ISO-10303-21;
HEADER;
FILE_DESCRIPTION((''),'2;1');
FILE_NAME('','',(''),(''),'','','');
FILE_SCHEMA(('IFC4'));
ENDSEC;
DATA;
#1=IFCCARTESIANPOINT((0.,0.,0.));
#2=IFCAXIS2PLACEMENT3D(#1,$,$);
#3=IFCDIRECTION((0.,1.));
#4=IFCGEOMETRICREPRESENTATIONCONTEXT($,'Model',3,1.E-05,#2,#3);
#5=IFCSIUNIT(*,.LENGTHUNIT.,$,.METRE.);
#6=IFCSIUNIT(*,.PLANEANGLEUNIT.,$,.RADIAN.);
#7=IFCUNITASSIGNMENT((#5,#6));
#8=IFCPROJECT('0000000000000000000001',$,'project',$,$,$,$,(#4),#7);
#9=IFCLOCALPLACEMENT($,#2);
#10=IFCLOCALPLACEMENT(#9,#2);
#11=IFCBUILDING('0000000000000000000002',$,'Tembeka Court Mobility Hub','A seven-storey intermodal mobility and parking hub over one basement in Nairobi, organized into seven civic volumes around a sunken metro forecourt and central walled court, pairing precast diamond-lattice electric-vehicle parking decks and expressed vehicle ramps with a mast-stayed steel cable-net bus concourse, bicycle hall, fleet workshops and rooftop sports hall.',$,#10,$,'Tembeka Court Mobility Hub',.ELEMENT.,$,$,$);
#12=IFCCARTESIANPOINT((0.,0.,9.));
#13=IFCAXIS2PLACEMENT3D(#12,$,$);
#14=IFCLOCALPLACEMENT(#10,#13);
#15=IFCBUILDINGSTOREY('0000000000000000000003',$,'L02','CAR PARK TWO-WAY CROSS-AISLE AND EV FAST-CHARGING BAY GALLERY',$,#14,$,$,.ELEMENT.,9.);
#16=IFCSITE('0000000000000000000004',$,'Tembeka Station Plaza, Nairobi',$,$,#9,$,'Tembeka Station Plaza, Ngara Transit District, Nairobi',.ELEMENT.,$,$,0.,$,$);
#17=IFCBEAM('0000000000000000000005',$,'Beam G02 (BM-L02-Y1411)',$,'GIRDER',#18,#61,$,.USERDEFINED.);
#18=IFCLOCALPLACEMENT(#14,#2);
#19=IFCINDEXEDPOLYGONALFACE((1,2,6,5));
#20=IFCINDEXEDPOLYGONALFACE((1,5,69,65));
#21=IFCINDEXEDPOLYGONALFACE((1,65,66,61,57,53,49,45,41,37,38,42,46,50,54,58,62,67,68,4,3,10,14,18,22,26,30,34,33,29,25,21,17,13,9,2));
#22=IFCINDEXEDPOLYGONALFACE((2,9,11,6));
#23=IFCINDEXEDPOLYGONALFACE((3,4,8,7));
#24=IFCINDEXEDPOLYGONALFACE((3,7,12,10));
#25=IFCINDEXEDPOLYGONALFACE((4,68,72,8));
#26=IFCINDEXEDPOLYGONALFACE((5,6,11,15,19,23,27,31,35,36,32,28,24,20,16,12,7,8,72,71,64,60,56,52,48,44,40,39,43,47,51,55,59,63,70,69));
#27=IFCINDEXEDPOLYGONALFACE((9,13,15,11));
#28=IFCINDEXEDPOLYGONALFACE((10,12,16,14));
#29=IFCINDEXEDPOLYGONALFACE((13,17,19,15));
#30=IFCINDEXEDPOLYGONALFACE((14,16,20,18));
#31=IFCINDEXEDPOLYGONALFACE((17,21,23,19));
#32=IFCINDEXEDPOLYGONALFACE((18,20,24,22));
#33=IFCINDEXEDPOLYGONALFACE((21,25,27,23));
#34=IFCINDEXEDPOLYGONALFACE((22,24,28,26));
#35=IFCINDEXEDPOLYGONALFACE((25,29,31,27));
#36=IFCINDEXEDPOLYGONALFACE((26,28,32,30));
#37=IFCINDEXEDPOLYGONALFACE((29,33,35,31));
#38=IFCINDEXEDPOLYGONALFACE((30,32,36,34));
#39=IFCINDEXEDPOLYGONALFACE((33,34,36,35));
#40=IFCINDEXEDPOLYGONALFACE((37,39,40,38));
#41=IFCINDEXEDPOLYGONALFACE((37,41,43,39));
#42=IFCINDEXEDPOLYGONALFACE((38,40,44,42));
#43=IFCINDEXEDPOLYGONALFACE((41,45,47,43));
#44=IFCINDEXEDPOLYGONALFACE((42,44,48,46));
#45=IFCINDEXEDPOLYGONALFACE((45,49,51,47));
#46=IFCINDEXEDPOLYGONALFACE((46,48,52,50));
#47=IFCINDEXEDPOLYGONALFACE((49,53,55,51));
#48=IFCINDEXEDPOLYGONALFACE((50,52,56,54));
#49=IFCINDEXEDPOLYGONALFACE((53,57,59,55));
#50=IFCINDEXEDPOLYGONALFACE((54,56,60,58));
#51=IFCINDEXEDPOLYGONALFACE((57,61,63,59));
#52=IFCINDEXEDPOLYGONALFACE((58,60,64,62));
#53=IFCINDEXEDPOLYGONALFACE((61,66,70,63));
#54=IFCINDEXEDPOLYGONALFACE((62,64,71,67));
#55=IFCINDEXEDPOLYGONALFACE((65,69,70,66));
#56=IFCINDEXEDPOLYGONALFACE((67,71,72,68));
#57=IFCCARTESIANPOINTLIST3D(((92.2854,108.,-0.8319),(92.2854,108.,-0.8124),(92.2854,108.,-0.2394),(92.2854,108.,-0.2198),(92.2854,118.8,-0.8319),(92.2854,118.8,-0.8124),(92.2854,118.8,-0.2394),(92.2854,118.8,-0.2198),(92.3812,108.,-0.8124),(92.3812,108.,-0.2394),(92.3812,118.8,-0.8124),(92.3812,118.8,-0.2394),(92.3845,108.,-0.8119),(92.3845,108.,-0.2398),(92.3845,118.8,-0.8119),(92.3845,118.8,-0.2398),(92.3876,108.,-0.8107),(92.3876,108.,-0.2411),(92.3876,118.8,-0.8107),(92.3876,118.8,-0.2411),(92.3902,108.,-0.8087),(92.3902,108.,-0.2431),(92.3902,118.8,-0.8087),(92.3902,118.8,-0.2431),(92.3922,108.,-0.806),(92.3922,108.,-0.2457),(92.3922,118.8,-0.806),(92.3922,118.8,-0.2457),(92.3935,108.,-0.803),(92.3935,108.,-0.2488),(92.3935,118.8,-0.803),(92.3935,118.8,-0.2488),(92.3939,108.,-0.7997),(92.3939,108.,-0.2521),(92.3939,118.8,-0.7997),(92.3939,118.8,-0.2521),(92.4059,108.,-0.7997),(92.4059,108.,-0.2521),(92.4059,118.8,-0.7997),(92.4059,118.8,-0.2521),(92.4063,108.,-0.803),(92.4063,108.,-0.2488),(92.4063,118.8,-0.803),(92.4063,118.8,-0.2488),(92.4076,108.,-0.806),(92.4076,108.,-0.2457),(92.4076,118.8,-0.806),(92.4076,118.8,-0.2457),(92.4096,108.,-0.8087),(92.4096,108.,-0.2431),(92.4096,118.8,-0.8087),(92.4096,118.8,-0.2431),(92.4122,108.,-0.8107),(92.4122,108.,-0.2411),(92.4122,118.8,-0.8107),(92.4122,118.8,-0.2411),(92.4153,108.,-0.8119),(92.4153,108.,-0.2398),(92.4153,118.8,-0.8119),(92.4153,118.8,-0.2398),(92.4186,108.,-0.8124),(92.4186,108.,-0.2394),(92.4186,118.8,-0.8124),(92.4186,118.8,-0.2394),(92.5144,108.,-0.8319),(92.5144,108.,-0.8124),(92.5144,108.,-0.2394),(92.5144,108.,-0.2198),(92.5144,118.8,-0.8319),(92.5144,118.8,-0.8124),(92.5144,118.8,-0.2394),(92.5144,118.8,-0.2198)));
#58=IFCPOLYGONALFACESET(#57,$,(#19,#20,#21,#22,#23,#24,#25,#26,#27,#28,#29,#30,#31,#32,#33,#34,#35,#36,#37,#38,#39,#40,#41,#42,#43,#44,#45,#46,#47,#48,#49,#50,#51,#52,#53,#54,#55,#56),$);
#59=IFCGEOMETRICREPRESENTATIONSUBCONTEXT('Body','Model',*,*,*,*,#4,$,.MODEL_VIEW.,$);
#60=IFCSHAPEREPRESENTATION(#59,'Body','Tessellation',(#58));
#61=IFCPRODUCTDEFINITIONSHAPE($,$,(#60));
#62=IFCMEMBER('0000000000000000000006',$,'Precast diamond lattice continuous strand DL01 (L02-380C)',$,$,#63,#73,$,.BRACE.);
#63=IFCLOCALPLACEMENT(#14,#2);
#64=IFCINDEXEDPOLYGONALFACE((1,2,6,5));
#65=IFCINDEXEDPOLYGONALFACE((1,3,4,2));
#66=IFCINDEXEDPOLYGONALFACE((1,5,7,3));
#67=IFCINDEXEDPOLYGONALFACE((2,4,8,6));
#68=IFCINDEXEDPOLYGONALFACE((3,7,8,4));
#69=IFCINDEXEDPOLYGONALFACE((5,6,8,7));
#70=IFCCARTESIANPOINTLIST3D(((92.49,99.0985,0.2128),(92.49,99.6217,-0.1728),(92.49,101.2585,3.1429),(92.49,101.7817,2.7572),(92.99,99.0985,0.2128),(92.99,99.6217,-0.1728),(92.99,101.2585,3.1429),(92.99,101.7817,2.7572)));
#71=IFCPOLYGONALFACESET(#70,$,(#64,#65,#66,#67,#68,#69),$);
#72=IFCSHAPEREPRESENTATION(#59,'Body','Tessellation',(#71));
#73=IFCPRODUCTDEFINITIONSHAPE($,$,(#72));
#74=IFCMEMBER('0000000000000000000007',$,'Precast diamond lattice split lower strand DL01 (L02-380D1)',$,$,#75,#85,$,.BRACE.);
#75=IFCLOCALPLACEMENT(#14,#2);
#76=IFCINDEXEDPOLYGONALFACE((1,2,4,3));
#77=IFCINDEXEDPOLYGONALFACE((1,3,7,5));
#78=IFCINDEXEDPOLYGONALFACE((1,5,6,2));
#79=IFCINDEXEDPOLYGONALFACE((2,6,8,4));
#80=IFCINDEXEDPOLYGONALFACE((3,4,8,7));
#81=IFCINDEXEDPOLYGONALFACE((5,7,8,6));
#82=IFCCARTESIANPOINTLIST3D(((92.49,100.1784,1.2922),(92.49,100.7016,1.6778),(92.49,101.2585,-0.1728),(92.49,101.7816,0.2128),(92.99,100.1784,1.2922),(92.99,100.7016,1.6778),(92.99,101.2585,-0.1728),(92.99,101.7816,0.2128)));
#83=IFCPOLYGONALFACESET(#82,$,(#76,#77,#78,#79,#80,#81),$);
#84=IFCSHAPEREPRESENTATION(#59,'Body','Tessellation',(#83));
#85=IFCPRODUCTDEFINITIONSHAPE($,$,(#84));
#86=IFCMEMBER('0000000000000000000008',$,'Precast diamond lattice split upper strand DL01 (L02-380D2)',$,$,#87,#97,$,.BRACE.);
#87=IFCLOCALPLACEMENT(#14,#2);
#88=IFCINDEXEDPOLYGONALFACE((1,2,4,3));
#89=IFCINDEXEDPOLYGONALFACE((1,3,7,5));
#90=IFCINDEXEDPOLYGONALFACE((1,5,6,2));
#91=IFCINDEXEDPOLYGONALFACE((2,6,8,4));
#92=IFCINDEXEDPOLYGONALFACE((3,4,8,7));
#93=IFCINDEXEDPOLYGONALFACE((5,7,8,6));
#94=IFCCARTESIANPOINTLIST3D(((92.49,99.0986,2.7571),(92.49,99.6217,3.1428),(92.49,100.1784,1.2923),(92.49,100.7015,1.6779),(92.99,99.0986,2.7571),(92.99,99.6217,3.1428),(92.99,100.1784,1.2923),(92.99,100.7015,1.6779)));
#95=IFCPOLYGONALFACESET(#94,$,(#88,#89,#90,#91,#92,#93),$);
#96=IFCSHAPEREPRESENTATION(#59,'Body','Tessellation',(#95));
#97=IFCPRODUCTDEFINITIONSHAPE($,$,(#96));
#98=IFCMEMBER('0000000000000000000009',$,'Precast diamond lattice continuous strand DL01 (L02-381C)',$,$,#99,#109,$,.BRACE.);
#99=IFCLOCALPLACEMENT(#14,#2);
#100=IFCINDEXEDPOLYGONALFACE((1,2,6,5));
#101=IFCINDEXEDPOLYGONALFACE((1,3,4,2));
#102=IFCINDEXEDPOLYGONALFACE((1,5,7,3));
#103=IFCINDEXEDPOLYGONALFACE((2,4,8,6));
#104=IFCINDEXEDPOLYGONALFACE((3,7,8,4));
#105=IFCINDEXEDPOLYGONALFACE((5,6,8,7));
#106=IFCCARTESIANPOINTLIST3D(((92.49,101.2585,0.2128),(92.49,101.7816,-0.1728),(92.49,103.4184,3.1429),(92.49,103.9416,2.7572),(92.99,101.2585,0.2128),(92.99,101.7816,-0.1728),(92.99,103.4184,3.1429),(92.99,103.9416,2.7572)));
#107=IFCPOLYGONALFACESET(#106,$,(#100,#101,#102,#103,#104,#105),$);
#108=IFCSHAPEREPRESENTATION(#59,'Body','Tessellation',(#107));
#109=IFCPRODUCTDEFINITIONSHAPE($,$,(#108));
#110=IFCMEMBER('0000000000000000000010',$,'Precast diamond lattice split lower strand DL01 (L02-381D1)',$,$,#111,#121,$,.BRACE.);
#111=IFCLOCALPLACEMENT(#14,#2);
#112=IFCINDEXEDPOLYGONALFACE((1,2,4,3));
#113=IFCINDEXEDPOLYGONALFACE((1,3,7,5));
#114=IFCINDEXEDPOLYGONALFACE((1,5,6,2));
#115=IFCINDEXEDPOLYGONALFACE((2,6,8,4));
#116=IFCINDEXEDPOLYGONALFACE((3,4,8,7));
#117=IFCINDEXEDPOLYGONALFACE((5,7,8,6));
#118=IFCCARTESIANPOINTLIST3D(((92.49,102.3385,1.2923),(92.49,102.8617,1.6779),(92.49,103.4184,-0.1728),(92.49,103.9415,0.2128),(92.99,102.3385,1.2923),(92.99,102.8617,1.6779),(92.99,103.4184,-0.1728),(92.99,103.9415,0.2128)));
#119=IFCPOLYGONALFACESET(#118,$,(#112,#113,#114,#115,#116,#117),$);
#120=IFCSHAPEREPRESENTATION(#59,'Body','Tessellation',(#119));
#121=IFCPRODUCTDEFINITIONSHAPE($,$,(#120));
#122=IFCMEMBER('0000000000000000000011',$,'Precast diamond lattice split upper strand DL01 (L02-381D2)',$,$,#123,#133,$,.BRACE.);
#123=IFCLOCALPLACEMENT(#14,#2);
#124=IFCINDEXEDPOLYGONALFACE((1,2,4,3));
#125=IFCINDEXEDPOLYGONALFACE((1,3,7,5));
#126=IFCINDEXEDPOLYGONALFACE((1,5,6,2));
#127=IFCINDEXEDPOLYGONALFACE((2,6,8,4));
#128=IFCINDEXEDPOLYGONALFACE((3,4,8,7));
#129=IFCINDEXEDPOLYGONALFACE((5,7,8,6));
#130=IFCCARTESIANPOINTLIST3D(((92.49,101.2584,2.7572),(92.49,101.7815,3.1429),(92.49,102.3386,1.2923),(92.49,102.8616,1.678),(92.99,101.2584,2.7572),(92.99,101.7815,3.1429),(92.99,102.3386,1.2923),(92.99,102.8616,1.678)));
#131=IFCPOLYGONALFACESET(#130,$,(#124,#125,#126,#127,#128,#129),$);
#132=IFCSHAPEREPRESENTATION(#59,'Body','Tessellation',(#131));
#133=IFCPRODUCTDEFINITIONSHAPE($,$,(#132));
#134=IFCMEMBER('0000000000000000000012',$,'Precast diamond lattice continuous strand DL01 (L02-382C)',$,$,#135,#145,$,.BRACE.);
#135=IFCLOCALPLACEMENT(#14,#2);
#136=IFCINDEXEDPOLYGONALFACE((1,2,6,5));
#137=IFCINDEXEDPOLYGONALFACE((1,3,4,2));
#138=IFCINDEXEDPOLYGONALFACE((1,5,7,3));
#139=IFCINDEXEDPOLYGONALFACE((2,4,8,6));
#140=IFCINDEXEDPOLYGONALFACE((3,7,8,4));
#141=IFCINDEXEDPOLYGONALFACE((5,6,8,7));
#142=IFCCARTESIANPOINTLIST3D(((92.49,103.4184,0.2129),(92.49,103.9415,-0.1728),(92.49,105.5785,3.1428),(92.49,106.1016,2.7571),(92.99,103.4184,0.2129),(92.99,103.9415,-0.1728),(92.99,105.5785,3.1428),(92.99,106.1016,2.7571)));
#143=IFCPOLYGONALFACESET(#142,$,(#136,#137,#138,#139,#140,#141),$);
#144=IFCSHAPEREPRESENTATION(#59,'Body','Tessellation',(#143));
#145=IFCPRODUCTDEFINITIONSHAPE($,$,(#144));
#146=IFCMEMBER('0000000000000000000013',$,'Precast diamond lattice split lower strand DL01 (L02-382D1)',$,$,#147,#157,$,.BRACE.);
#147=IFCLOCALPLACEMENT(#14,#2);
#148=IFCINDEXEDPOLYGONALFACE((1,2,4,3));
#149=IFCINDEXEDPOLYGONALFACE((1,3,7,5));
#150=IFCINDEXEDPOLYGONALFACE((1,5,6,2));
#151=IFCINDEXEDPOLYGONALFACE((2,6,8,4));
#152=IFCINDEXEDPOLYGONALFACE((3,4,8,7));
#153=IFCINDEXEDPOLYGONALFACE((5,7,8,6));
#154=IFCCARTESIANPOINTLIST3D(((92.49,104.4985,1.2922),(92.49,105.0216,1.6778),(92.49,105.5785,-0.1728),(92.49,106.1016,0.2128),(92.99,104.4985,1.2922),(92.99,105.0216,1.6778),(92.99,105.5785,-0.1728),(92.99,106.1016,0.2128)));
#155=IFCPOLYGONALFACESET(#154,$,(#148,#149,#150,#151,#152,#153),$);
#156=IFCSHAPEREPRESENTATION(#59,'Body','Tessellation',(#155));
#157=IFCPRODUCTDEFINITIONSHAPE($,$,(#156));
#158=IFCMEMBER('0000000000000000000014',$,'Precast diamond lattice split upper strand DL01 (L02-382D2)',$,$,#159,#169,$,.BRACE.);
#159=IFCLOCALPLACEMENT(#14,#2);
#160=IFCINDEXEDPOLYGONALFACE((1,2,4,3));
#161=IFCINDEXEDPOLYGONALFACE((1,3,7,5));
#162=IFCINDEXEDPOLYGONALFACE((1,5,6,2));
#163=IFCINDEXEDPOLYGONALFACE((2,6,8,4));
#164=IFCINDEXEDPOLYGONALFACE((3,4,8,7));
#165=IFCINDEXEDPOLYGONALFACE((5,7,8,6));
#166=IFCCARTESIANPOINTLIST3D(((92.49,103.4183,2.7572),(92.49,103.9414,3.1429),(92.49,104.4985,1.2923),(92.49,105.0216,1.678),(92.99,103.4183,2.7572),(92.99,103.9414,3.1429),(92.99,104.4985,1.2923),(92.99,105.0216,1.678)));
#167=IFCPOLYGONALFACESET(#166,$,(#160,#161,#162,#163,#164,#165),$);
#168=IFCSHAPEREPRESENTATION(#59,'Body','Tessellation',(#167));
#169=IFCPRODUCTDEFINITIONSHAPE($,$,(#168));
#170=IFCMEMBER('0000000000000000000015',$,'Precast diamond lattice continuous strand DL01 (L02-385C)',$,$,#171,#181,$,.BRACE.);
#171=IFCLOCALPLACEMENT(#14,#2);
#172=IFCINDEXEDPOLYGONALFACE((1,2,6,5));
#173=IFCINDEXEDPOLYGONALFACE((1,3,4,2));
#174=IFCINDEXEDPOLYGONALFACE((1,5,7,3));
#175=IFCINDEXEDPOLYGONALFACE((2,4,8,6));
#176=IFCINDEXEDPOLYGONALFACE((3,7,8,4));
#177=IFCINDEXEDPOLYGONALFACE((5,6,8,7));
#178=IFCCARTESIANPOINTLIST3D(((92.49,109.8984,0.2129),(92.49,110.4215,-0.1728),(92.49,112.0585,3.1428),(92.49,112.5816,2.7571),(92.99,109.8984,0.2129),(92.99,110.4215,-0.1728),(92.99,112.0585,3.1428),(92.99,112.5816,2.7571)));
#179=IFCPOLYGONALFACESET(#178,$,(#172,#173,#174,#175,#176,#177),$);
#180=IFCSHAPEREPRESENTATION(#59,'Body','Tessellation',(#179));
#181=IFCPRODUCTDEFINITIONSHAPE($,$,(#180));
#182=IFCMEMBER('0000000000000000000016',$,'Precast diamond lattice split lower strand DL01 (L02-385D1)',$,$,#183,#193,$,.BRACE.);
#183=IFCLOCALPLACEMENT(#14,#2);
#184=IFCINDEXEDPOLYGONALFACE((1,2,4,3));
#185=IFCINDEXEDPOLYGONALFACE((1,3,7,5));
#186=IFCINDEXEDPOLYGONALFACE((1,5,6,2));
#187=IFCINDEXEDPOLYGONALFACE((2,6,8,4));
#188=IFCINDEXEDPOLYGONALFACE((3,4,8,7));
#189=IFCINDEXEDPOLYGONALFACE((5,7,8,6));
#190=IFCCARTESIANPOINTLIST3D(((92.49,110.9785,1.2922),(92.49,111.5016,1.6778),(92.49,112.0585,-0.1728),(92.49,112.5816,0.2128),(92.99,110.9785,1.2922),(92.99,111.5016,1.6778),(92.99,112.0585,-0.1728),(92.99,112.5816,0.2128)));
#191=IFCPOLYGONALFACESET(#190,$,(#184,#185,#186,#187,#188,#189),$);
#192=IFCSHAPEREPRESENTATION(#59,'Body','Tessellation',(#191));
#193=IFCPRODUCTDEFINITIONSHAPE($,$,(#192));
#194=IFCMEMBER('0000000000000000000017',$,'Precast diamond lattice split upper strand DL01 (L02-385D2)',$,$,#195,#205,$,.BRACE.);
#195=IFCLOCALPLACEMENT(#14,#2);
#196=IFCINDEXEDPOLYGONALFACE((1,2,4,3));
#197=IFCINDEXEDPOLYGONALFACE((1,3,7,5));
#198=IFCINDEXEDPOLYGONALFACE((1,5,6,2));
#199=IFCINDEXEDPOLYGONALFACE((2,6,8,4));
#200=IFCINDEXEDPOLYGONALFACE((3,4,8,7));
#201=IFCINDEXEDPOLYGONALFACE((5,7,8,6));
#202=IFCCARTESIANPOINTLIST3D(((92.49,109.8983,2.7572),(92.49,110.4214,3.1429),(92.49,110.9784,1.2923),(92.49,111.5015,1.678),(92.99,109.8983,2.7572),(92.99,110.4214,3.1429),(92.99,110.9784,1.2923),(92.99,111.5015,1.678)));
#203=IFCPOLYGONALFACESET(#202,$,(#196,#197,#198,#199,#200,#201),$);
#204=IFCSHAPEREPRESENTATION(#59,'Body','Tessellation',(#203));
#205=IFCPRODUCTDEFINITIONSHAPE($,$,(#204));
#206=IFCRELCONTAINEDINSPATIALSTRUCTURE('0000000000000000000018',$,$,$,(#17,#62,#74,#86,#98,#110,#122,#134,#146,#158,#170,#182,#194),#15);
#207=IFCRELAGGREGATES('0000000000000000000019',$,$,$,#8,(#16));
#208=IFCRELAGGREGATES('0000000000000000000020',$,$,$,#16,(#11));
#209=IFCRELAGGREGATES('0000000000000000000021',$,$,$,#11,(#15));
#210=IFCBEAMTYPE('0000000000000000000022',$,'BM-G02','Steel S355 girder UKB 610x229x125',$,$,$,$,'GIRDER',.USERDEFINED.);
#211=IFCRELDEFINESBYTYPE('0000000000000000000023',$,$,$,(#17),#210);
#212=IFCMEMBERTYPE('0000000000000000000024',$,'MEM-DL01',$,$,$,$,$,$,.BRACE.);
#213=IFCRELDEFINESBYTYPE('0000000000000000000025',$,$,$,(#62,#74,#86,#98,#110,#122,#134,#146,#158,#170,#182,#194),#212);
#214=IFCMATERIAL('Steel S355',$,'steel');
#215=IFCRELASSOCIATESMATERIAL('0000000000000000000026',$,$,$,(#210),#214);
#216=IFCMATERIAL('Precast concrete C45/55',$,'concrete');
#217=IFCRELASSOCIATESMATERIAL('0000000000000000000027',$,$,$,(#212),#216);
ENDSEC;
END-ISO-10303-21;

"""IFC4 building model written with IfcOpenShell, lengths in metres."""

from ifc_helpers import new_model, si_unit, direction, frame, origin, origin_2d, place, context, subcontext, project, spatial, rectangle, i_section, extrude, material, material_profile, profile_set, type_object, element, save


model = new_model("IFC4")

# Units and contexts
model_context = context("Model", 3, precision=1e-05, world=origin(), true_north=direction((0.0, 1.0)))
body_context = subcontext(model_context, "Body", "Model", "MODEL_VIEW")
ifc_project = project(units=[si_unit("LENGTHUNIT", "METRE"), si_unit("PLANEANGLEUNIT", "RADIAN")], contexts=[model_context])

# Site, building, storey
site_placement = place(None, origin())
site = spatial("IfcSite", under=ifc_project, at=site_placement, Name="Tembeka Station Plaza, Nairobi", LongName="Tembeka Station Plaza, Ngara Transit District, Nairobi", CompositionType="ELEMENT", RefElevation=0.0)
building_placement = place(site_placement, origin())
building = spatial("IfcBuilding", under=site, at=building_placement, Name="Tembeka Court Mobility Hub", Description="A seven-storey intermodal mobility and parking hub over one basement in Nairobi, organized into seven civic volumes around a sunken metro forecourt and central walled court, pairing precast diamond-lattice electric-vehicle parking decks and expressed vehicle ramps with a mast-stayed steel cable-net bus concourse, bicycle hall, fleet workshops and rooftop sports hall.", LongName="Tembeka Court Mobility Hub", CompositionType="ELEMENT")
storey_placement = place(building_placement, frame((0.0, 0.0, 9.0)))
storey = spatial("IfcBuildingStorey", under=building, at=storey_placement, Name="L02", Description="CAR PARK TWO-WAY CROSS-AISLE AND EV FAST-CHARGING BAY GALLERY", CompositionType="ELEMENT", Elevation=9.0)

# Shared definitions
ifc_material_1 = material(Name="Steel S355", Category="steel")

# Beam
ifc_material_profile_1 = material_profile(ifc_material_1, i_section(OverallWidth=0.229, OverallDepth=0.6121, WebThickness=0.012, FlangeThickness=0.0195, FilletRadius=0.0127, at=origin_2d()), Name="UKB 610x229x125")
ifc_profile_set_1 = profile_set([ifc_material_profile_1], Name="Steel S355")
beam_type_1 = type_object("IfcBeamType", Name="BM-G02", Description="Steel S355 girder UKB 610x229x125", ElementType="GIRDER", PredefinedType="USERDEFINED", material=ifc_profile_set_1)
for number, where, z_axis, x_axis, name in (
    (1, (92.3999, 108.0, -0.5259), (0.0, 1.0, 0.0), (-1.0, 0.0, 0.0), "Beam G02 (BM-L02-Y1411)"),
):
    element("IfcBeam", number, at=place(storey_placement, frame(where, z_axis=z_axis, x_axis=x_axis)), inside=storey, type_object=beam_type_1, Name=name, ObjectType="GIRDER", PredefinedType="USERDEFINED", context=body_context, shape_type="SweptSolid", body=[
        extrude(i_section(OverallWidth=0.229, OverallDepth=0.6121, WebThickness=0.012, FlangeThickness=0.0195, FilletRadius=0.0127, at=origin_2d()), origin(), (0.0, 0.0, 1.0), 10.8),
    ])

# Members
ifc_material_2 = material(Name="Precast concrete C45/55", Category="concrete")
ifc_material_profile_2 = material_profile(ifc_material_2, rectangle(XDim=0.5, YDim=0.6499, at=origin_2d()), Name="PC-DIAG 500x650")
ifc_profile_set_2 = profile_set([ifc_material_profile_2], Name="Precast concrete C45/55")
member_type_1 = type_object("IfcMemberType", Name="MEM-DL01", PredefinedType="BRACE", material=ifc_profile_set_2)
member_1_placement = place(storey_placement, frame((92.74, 99.3601, 0.02), z_axis=(0.0, 0.59338, 0.804923), x_axis=(-1.0, 0.0, 0.0)))
element("IfcMember", 2, at=member_1_placement, inside=storey, type_object=member_type_1, Name="Precast diamond lattice continuous strand DL01 (L02-380C)", PredefinedType="BRACE", context=body_context, shape_type="SweptSolid", body=[
    extrude(rectangle(XDim=0.5, YDim=0.6499, at=origin_2d()), origin(), (0.0, 0.0, 1.0), 3.6401),
])
member_2_placement = place(storey_placement, frame((92.74, 101.52, 0.02), z_axis=(0.0, -0.593391, 0.804914), x_axis=(1.0, 0.0, 0.0)))
element("IfcMember", 3, at=member_2_placement, inside=storey, type_object=member_type_1, Name="Precast diamond lattice split lower strand DL01 (L02-380D1)", PredefinedType="BRACE", context=body_context, shape_type="SweptSolid", body=[
    extrude(rectangle(XDim=0.5, YDim=0.6499, at=origin_2d()), origin(), (0.0, 0.0, 1.0), 1.8201),
])
member_3_placement = place(storey_placement, frame((92.74, 100.4399, 1.4851), z_axis=(0.0, -0.593368, 0.804931), x_axis=(1.0, 0.0, 0.0)))
element("IfcMember", 4, at=member_3_placement, inside=storey, type_object=member_type_1, Name="Precast diamond lattice split upper strand DL01 (L02-380D2)", PredefinedType="BRACE", context=body_context, shape_type="SweptSolid", body=[
    extrude(rectangle(XDim=0.5, YDim=0.6499, at=origin_2d()), origin(), (0.0, 0.0, 1.0), 1.8198),
])
member_4_placement = place(storey_placement, frame((92.74, 101.52, 0.02), z_axis=(0.0, 0.59338, 0.804923), x_axis=(-1.0, 0.0, 0.0)))
element("IfcMember", 5, at=member_4_placement, inside=storey, type_object=member_type_1, Name="Precast diamond lattice continuous strand DL01 (L02-381C)", PredefinedType="BRACE", context=body_context, shape_type="SweptSolid", body=[
    extrude(rectangle(XDim=0.5, YDim=0.6499, at=origin_2d()), origin(), (0.0, 0.0, 1.0), 3.6401),
])
for number, where, z_axis, x_axis, name in (
    (6, (92.74, 103.6799, 0.02), (0.0, -0.593304, 0.804978), (1.0, 0.0, 0.0), "Precast diamond lattice split lower strand DL01 (L02-381D1)"),
    (7, (92.74, 102.6001, 1.4851), (0.0, -0.593455, 0.804867), (1.0, 0.0, 0.0), "Precast diamond lattice split upper strand DL01 (L02-381D2)"),
):
    element("IfcMember", number, at=place(storey_placement, frame(where, z_axis=z_axis, x_axis=x_axis)), inside=storey, type_object=member_type_1, Name=name, PredefinedType="BRACE", context=body_context, shape_type="SweptSolid", body=[
        extrude(rectangle(XDim=0.5, YDim=0.6499, at=origin_2d()), origin(), (0.0, 0.0, 1.0), 1.8201),
    ])
member_5_placement = place(storey_placement, frame((92.74, 103.6799, 0.02), z_axis=(0.0, 0.593423, 0.804891), x_axis=(-1.0, 0.0, 0.0)))
element("IfcMember", 8, at=member_5_placement, inside=storey, type_object=member_type_1, Name="Precast diamond lattice continuous strand DL01 (L02-382C)", PredefinedType="BRACE", context=body_context, shape_type="SweptSolid", body=[
    extrude(rectangle(XDim=0.5, YDim=0.6499, at=origin_2d()), origin(), (0.0, 0.0, 1.0), 3.6401),
])
for number, where, z_axis, x_axis, name in (
    (9, (92.74, 105.8401, 0.02), (0.0, -0.593391, 0.804914), (1.0, 0.0, 0.0), "Precast diamond lattice split lower strand DL01 (L02-382D1)"),
    (10, (92.74, 104.76, 1.4851), (0.0, -0.593455, 0.804867), (1.0, 0.0, 0.0), "Precast diamond lattice split upper strand DL01 (L02-382D2)"),
):
    element("IfcMember", number, at=place(storey_placement, frame(where, z_axis=z_axis, x_axis=x_axis)), inside=storey, type_object=member_type_1, Name=name, PredefinedType="BRACE", context=body_context, shape_type="SweptSolid", body=[
        extrude(rectangle(XDim=0.5, YDim=0.6499, at=origin_2d()), origin(), (0.0, 0.0, 1.0), 1.8201),
    ])
member_6_placement = place(storey_placement, frame((92.74, 110.1599, 0.02), z_axis=(0.0, 0.593423, 0.804891), x_axis=(-1.0, 0.0, 0.0)))
element("IfcMember", 11, at=member_6_placement, inside=storey, type_object=member_type_1, Name="Precast diamond lattice continuous strand DL01 (L02-385C)", PredefinedType="BRACE", context=body_context, shape_type="SweptSolid", body=[
    extrude(rectangle(XDim=0.5, YDim=0.6499, at=origin_2d()), origin(), (0.0, 0.0, 1.0), 3.6401),
])
for number, where, z_axis, x_axis, name in (
    (12, (92.74, 112.3201, 0.02), (0.0, -0.593391, 0.804914), (1.0, 0.0, 0.0), "Precast diamond lattice split lower strand DL01 (L02-385D1)"),
    (13, (92.74, 111.24, 1.4851), (0.0, -0.593455, 0.804867), (1.0, 0.0, 0.0), "Precast diamond lattice split upper strand DL01 (L02-385D2)"),
):
    element("IfcMember", number, at=place(storey_placement, frame(where, z_axis=z_axis, x_axis=x_axis)), inside=storey, type_object=member_type_1, Name=name, PredefinedType="BRACE", context=body_context, shape_type="SweptSolid", body=[
        extrude(rectangle(XDim=0.5, YDim=0.6499, at=origin_2d()), origin(), (0.0, 0.0, 1.0), 1.8201),
    ])

save(model, "model.ifc")
